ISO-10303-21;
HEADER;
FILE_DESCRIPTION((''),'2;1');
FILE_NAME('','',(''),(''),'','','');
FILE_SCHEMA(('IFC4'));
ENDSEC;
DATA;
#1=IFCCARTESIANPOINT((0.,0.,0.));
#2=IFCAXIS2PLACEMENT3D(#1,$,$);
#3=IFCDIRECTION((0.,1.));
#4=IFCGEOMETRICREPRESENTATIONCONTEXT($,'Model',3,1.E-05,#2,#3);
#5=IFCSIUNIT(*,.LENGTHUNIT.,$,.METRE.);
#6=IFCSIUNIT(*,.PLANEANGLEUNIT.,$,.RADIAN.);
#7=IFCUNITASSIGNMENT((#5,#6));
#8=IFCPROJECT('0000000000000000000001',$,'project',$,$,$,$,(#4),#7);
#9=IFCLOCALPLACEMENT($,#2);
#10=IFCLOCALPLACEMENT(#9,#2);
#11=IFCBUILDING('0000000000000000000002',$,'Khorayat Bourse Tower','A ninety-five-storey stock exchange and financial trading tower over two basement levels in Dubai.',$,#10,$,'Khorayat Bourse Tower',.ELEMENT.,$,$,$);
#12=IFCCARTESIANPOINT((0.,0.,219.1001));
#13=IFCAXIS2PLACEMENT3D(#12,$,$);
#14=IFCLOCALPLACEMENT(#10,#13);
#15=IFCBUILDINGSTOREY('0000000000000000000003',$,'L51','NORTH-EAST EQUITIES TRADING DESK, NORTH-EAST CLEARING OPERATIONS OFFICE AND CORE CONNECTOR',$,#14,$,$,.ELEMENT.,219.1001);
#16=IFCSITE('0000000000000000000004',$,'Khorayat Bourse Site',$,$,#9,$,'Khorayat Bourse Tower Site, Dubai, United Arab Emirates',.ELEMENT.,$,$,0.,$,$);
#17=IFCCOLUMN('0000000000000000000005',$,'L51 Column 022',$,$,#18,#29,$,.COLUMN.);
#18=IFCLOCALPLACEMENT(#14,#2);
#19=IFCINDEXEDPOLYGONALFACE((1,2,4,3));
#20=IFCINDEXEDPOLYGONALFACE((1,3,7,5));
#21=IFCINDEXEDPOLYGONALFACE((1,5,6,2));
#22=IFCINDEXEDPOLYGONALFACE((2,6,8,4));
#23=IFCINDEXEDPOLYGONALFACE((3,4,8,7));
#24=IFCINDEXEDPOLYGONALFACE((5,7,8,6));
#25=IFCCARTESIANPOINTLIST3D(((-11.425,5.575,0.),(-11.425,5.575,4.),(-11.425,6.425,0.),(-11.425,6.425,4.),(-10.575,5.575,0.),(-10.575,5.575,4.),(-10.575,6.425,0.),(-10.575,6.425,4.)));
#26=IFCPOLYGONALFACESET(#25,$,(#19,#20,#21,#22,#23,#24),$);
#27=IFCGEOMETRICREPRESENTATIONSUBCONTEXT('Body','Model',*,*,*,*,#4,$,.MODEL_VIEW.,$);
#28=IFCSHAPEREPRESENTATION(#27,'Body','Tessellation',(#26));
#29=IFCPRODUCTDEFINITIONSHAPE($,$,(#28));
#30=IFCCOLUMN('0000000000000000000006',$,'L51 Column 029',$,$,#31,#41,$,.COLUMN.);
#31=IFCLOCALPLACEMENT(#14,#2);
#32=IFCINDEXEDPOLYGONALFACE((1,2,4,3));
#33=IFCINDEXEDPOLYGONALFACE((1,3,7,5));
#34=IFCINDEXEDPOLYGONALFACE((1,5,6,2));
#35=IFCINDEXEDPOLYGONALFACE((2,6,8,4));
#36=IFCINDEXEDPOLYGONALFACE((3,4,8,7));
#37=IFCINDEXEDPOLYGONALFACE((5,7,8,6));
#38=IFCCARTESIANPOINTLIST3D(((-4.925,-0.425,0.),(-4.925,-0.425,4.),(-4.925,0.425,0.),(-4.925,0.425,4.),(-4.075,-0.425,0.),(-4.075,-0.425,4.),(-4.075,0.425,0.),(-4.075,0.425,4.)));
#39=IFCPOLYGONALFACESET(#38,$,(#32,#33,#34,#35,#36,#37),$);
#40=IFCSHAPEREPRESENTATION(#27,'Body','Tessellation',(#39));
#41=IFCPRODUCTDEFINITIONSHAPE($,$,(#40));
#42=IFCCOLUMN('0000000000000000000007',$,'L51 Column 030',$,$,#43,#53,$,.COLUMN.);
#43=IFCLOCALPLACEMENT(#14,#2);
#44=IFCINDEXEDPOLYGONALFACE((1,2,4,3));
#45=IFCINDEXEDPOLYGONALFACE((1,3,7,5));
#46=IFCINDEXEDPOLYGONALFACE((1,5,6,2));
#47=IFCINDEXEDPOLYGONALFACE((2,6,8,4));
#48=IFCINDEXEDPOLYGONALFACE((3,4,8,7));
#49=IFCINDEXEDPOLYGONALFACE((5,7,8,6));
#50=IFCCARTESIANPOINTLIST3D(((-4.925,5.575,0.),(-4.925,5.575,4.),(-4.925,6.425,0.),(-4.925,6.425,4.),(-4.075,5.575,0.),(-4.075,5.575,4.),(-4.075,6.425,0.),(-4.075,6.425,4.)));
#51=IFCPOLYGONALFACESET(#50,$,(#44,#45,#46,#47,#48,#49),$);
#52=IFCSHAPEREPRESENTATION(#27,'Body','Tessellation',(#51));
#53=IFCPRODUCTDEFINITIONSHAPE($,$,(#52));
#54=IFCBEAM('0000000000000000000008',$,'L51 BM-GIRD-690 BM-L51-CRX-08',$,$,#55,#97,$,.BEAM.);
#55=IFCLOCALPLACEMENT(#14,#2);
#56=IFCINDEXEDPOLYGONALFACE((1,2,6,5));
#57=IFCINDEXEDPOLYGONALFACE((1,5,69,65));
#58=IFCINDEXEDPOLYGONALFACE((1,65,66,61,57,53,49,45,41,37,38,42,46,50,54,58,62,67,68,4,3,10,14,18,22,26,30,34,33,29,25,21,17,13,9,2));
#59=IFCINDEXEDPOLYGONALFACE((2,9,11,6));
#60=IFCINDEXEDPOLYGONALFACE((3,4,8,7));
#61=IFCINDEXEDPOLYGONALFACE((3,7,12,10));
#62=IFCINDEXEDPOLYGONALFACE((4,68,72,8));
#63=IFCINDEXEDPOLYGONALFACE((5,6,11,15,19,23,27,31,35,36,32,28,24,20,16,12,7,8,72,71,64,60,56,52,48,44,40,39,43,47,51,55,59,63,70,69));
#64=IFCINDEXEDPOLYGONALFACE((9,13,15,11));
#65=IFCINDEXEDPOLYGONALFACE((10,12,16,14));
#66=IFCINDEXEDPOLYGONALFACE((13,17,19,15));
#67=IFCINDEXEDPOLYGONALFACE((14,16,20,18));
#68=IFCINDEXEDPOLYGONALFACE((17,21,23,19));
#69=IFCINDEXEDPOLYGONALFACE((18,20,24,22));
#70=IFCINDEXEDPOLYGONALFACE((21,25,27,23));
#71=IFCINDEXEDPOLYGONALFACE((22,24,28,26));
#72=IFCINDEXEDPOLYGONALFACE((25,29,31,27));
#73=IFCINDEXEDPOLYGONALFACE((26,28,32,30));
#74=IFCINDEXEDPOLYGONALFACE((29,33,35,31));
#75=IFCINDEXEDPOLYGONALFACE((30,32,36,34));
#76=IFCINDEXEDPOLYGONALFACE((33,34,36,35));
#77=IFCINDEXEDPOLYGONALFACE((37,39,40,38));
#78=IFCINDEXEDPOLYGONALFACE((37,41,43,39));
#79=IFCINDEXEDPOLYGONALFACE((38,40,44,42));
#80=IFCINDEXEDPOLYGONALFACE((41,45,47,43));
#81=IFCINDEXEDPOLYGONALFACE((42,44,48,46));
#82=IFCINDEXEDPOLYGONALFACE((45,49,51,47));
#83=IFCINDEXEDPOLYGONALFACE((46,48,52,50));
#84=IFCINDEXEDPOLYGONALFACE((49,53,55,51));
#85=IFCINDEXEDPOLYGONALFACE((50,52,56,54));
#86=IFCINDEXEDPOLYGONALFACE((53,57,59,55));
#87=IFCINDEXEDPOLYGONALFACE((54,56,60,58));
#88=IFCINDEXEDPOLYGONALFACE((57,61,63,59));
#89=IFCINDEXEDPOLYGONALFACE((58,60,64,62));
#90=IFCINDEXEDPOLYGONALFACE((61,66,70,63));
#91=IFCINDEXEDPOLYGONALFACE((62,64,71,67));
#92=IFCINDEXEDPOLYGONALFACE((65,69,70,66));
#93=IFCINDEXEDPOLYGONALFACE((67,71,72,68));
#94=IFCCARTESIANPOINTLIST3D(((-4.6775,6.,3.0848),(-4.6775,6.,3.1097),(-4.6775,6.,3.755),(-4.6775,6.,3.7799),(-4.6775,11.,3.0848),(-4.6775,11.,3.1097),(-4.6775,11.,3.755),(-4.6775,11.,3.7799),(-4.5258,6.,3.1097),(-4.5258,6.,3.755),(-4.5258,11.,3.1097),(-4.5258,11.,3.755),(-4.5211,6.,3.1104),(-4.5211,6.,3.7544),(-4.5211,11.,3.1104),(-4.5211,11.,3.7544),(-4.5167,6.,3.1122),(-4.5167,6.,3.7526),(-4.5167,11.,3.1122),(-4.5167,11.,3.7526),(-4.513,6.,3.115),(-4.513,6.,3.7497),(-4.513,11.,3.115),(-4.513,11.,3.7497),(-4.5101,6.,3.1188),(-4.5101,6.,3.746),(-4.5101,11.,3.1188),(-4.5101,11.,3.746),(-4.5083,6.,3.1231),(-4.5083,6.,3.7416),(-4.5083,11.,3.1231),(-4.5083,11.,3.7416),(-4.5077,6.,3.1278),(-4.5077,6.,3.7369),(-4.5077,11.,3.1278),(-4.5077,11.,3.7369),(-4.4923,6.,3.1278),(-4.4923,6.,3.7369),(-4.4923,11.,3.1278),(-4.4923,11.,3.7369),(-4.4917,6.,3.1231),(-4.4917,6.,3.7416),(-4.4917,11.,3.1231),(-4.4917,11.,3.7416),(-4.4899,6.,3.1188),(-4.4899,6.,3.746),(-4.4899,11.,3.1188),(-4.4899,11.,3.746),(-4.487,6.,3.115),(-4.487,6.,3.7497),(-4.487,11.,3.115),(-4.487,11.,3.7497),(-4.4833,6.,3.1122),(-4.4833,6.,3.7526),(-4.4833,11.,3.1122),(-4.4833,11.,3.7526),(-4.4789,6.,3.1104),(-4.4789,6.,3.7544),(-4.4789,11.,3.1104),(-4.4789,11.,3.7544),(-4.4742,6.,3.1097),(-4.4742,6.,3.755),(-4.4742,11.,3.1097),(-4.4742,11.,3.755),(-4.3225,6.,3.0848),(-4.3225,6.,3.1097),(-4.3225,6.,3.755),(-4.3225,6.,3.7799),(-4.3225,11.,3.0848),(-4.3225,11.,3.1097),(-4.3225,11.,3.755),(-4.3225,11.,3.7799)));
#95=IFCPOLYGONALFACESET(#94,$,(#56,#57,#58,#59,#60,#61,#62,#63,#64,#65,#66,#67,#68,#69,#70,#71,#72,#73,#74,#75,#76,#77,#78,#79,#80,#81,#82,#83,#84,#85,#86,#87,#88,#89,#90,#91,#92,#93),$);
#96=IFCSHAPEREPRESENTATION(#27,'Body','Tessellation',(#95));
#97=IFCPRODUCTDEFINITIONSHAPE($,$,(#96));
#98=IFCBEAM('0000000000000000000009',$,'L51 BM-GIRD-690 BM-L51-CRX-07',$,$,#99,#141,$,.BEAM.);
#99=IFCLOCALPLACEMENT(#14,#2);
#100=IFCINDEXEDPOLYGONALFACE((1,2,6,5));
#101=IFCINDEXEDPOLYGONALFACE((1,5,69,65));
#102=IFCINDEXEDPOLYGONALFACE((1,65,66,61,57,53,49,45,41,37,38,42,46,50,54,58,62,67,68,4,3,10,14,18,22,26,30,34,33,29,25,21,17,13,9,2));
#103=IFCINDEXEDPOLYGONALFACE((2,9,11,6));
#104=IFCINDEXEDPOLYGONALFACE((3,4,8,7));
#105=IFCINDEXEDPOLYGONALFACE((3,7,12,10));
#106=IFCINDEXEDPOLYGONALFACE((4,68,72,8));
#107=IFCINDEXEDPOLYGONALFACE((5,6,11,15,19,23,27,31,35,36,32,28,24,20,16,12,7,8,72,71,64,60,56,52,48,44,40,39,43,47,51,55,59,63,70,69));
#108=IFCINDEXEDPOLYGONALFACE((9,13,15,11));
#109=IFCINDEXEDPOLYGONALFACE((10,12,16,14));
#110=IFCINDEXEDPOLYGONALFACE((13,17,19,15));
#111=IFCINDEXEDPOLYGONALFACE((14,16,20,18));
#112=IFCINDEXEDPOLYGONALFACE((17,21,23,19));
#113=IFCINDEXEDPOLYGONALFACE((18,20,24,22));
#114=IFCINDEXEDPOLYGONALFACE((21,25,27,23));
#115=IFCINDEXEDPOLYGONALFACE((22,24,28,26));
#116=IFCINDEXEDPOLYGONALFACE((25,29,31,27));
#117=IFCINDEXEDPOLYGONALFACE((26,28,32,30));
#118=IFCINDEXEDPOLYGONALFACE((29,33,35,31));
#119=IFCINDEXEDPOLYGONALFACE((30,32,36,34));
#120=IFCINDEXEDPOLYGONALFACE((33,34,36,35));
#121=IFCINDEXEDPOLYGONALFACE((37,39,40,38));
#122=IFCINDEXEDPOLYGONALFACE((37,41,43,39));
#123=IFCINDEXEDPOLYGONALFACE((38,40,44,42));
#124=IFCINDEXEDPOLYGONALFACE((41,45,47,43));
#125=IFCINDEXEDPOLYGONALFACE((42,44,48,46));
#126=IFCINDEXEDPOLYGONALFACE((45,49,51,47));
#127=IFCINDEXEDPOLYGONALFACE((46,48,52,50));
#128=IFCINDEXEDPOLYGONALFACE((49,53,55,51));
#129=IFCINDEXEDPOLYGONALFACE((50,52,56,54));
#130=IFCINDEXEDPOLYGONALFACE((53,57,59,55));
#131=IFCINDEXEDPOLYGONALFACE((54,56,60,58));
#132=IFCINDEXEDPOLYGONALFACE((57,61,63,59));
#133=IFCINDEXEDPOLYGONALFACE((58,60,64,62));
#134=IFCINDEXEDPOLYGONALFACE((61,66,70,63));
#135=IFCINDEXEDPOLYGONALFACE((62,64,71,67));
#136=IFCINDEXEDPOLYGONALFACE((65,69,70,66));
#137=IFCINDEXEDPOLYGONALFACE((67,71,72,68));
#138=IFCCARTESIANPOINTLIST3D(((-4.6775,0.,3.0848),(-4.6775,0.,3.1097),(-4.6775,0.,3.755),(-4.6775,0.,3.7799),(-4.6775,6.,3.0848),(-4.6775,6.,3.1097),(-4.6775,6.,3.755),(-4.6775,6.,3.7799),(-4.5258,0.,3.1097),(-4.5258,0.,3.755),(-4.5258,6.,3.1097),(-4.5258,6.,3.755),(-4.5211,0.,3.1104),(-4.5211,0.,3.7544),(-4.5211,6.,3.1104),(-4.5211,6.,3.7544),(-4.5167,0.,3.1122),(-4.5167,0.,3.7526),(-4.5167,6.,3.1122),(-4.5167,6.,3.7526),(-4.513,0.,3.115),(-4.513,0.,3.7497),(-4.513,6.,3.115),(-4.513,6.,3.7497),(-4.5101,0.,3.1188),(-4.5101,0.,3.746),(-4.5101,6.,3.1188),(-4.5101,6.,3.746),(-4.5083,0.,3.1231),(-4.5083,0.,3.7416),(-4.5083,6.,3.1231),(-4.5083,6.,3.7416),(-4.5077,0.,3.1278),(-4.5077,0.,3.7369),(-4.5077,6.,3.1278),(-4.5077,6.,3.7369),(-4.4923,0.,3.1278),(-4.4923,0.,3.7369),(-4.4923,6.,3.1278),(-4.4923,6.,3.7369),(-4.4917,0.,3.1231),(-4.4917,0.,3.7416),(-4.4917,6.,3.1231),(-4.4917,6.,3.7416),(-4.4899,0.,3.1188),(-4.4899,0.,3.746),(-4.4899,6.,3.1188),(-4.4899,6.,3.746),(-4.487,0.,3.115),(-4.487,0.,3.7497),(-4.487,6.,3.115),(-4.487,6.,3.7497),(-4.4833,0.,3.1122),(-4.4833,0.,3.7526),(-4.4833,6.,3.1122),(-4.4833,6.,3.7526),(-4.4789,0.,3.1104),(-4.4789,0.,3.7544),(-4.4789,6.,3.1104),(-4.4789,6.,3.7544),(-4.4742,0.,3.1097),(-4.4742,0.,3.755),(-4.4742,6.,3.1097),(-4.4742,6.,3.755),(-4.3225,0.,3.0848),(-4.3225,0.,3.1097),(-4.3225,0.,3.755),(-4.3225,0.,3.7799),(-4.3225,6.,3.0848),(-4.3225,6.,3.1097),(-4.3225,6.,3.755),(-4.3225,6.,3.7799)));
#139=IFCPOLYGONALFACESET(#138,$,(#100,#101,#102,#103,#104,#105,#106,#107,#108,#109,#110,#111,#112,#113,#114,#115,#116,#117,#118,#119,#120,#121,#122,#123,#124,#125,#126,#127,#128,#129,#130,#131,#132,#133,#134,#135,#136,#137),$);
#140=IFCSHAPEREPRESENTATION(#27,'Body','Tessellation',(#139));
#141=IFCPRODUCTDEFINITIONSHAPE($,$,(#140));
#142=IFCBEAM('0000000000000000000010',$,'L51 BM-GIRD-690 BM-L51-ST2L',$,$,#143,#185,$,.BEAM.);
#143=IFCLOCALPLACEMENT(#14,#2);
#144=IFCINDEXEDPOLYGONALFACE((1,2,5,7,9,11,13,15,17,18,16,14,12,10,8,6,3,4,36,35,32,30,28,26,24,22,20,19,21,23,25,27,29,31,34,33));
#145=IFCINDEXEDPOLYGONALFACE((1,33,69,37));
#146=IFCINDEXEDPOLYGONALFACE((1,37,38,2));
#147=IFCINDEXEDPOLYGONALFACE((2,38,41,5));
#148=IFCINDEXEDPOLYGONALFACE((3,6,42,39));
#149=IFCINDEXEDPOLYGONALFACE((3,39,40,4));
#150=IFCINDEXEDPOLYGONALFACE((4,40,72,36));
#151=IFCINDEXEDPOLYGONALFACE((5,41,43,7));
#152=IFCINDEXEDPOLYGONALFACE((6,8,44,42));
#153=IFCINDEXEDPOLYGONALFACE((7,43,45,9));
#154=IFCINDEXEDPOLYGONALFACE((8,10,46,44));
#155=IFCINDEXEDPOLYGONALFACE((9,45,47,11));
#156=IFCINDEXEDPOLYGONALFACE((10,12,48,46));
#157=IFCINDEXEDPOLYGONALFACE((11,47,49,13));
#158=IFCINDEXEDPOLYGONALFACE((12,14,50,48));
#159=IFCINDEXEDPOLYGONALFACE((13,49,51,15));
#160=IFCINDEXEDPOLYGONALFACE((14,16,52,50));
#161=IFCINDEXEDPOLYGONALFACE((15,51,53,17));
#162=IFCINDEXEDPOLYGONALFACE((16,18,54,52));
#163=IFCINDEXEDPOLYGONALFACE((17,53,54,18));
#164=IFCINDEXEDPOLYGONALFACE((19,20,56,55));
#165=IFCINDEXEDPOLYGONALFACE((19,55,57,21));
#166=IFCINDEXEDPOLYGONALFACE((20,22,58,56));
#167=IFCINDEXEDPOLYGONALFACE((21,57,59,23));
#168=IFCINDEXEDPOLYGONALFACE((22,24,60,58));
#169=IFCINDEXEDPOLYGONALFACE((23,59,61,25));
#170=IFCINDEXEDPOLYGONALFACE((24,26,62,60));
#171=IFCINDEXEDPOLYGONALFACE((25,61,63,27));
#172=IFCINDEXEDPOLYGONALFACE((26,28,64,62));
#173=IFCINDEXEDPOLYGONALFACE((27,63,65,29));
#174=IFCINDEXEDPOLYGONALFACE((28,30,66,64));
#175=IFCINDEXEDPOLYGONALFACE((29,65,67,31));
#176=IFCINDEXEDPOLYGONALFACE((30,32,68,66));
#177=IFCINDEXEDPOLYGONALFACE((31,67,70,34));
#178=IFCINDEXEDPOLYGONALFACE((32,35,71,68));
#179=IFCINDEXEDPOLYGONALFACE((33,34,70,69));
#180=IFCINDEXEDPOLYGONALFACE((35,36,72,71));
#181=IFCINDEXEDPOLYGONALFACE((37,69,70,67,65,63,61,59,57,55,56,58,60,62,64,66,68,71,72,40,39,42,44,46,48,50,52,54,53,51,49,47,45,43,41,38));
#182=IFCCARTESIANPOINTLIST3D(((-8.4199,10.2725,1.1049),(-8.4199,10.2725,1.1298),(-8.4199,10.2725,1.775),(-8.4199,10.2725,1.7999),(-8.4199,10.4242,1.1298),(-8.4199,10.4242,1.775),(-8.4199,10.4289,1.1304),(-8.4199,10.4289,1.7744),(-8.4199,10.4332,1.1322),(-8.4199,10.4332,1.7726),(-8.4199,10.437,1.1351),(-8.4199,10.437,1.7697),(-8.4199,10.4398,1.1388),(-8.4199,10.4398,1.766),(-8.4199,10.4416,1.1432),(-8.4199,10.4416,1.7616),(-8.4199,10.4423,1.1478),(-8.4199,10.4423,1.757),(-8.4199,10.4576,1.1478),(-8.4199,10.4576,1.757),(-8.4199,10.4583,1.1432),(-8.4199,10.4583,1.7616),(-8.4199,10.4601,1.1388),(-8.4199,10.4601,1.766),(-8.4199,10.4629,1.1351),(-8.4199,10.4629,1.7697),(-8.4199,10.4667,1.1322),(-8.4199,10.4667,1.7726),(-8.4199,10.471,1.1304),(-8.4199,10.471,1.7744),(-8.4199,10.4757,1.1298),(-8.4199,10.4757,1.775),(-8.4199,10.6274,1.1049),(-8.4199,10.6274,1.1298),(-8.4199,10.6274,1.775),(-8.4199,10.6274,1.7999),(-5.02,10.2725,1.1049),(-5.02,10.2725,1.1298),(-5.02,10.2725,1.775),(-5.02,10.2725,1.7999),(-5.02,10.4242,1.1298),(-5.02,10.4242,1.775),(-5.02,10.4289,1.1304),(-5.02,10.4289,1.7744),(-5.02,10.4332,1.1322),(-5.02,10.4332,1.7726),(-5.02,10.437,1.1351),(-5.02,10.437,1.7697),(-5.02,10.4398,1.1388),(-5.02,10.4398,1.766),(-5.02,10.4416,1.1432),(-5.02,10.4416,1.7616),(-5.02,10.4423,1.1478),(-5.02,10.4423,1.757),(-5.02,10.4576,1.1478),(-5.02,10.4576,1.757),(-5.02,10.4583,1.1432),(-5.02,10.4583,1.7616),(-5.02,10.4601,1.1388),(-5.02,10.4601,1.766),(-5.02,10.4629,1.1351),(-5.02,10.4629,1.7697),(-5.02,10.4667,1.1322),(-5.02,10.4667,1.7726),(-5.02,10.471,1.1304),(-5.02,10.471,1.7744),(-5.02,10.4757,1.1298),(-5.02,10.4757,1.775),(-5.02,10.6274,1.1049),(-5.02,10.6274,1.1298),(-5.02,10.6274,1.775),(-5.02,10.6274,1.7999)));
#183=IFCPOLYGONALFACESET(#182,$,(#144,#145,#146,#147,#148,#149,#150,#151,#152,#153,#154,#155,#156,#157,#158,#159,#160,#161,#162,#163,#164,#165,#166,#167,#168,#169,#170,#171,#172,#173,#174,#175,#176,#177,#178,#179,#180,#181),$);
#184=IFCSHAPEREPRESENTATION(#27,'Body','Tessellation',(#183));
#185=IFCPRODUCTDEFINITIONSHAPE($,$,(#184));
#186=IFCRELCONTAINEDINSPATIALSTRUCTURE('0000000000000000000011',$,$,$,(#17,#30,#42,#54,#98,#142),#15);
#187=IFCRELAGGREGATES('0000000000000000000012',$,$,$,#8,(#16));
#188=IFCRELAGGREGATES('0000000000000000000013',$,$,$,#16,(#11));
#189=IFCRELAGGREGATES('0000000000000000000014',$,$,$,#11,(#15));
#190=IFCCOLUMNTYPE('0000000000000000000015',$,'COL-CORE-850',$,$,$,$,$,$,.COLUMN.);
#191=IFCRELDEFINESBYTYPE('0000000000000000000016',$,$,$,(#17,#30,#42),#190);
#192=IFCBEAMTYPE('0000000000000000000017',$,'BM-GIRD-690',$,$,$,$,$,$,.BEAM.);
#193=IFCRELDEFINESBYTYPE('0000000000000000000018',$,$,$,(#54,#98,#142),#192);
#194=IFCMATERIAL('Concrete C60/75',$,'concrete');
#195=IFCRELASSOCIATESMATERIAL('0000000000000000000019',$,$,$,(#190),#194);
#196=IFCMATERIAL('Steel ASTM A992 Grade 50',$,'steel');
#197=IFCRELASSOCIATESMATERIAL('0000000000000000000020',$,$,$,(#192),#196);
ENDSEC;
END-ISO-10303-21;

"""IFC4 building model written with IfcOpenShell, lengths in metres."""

from ifc_helpers import new_model, si_unit, direction, frame, origin, origin_2d, place, context, subcontext, project, spatial, rectangle, i_section, extrude, source, transform, mapped, material, material_profile, profile_set, type_object, element, save


model = new_model("IFC4")

# Units and contexts
model_context = context("Model", 3, precision=1e-05, world=origin(), true_north=direction((0.0, 1.0)))
body_context = subcontext(model_context, "Body", "Model", "MODEL_VIEW")
ifc_project = project(units=[si_unit("LENGTHUNIT", "METRE"), si_unit("PLANEANGLEUNIT", "RADIAN")], contexts=[model_context])

# Site, building, storey
site_placement = place(None, origin())
site = spatial("IfcSite", under=ifc_project, at=site_placement, Name="Khorayat Bourse Site", LongName="Khorayat Bourse Tower Site, Dubai, United Arab Emirates", CompositionType="ELEMENT", RefElevation=0.0)
building_placement = place(site_placement, origin())
building = spatial("IfcBuilding", under=site, at=building_placement, Name="Khorayat Bourse Tower", Description="A ninety-five-storey stock exchange and financial trading tower over two basement levels in Dubai.", LongName="Khorayat Bourse Tower", CompositionType="ELEMENT")
storey_placement = place(building_placement, frame((0.0, 0.0, 219.1001)))
storey = spatial("IfcBuildingStorey", under=building, at=storey_placement, Name="L51", Description="NORTH-EAST EQUITIES TRADING DESK, NORTH-EAST CLEARING OPERATIONS OFFICE AND CORE CONNECTOR", CompositionType="ELEMENT", Elevation=219.1001)

# Columns
ifc_material_1 = material(Name="Concrete C60/75", Category="concrete")
ifc_material_profile_1 = material_profile(ifc_material_1, rectangle(XDim=0.8501, YDim=0.8501, at=origin_2d()), Name="RC 850x850")
ifc_profile_set_1 = profile_set([ifc_material_profile_1], Name="Concrete C60/75")
column_type = type_object("IfcColumnType", Name="COL-CORE-850", PredefinedType="COLUMN", material=ifc_profile_set_1)
shared_shape_1 = source(origin(), body_context, "Body", "SweptSolid", [
    extrude(rectangle(XDim=0.8501, YDim=0.8501, at=origin_2d()), origin(), (0.0, 0.0, 1.0), 4.0),
])
for number, where, z_axis, x_axis, name in (
    (1, (-11.0, 6.0, 0.0), (0.0, 0.0, 1.0), (1.0, 0.0, 0.0), "L51 Column 022"),
    (2, (-4.5, 0.0, 0.0), (0.0, 0.0, 1.0), (1.0, 0.0, 0.0), "L51 Column 029"),
    (3, (-4.5, 6.0, 0.0), (0.0, 0.0, 1.0), (1.0, 0.0, 0.0), "L51 Column 030"),
):
    element("IfcColumn", number, at=place(storey_placement, frame(where, z_axis=z_axis, x_axis=x_axis)), inside=storey, type_object=column_type, Name=name, PredefinedType="COLUMN", context=body_context, shape_type="MappedRepresentation", body=[
        mapped(shared_shape_1, transform((0.0, 0.0, 0.0), scale=1.0)),
    ])

# Beams
ifc_material_2 = material(Name="Steel ASTM A992 Grade 50", Category="steel")
ifc_material_profile_2 = material_profile(ifc_material_2, i_section(OverallWidth=0.355, OverallDepth=0.6951, WebThickness=0.0154, FlangeThickness=0.0249, FilletRadius=0.0181, at=origin_2d()), Name="W690X217")
ifc_profile_set_2 = profile_set([ifc_material_profile_2], Name="Steel ASTM A992 Grade 50")
beam_type_1 = type_object("IfcBeamType", Name="BM-GIRD-690", PredefinedType="BEAM", material=ifc_profile_set_2)
shared_shape_2 = source(origin(), body_context, "Body", "SweptSolid", [
    extrude(i_section(OverallWidth=0.355, OverallDepth=0.6951, WebThickness=0.0154, FlangeThickness=0.0249, FilletRadius=0.0181, at=origin_2d()), origin(), (0.0, 0.0, 1.0), 5.0),
])
beam_1_placement = place(storey_placement, frame((-4.5, 6.0, 3.4324), z_axis=(0.0, 1.0, 0.0), x_axis=(-1.0, 0.0, 0.0)))
element("IfcBeam", 4, at=beam_1_placement, inside=storey, type_object=beam_type_1, Name="L51 BM-GIRD-690 BM-L51-CRX-08", PredefinedType="BEAM", context=body_context, shape_type="MappedRepresentation", body=[
    mapped(shared_shape_2, transform((0.0, 0.0, 0.0), scale=1.0)),
])
shared_shape_3 = source(origin(), body_context, "Body", "SweptSolid", [
    extrude(i_section(OverallWidth=0.355, OverallDepth=0.6951, WebThickness=0.0154, FlangeThickness=0.0249, FilletRadius=0.0181, at=origin_2d()), origin(), (0.0, 0.0, 1.0), 6.0),
])
beam_2_placement = place(storey_placement, frame((-4.5, 0.0, 3.4324), z_axis=(0.0, 1.0, 0.0), x_axis=(-1.0, 0.0, 0.0)))
element("IfcBeam", 5, at=beam_2_placement, inside=storey, type_object=beam_type_1, Name="L51 BM-GIRD-690 BM-L51-CRX-07", PredefinedType="BEAM", context=body_context, shape_type="MappedRepresentation", body=[
    mapped(shared_shape_3, transform((0.0, 0.0, 0.0), scale=1.0)),
])
shared_shape_4 = source(origin(), body_context, "Body", "SweptSolid", [
    extrude(i_section(OverallWidth=0.355, OverallDepth=0.6951, WebThickness=0.0154, FlangeThickness=0.0249, FilletRadius=0.0181, at=origin_2d()), origin(), (0.0, 0.0, 1.0), 3.3999),
])
beam_3_placement = place(storey_placement, frame((-8.4199, 10.45, 1.4524), z_axis=(1.0, 0.0, 0.0), x_axis=(0.0, 1.0, 0.0)))
element("IfcBeam", 6, at=beam_3_placement, inside=storey, type_object=beam_type_1, Name="L51 BM-GIRD-690 BM-L51-ST2L", PredefinedType="BEAM", context=body_context, shape_type="MappedRepresentation", body=[
    mapped(shared_shape_4, transform((0.0, 0.0, 0.0), scale=1.0)),
])

save(model, "model.ifc")
